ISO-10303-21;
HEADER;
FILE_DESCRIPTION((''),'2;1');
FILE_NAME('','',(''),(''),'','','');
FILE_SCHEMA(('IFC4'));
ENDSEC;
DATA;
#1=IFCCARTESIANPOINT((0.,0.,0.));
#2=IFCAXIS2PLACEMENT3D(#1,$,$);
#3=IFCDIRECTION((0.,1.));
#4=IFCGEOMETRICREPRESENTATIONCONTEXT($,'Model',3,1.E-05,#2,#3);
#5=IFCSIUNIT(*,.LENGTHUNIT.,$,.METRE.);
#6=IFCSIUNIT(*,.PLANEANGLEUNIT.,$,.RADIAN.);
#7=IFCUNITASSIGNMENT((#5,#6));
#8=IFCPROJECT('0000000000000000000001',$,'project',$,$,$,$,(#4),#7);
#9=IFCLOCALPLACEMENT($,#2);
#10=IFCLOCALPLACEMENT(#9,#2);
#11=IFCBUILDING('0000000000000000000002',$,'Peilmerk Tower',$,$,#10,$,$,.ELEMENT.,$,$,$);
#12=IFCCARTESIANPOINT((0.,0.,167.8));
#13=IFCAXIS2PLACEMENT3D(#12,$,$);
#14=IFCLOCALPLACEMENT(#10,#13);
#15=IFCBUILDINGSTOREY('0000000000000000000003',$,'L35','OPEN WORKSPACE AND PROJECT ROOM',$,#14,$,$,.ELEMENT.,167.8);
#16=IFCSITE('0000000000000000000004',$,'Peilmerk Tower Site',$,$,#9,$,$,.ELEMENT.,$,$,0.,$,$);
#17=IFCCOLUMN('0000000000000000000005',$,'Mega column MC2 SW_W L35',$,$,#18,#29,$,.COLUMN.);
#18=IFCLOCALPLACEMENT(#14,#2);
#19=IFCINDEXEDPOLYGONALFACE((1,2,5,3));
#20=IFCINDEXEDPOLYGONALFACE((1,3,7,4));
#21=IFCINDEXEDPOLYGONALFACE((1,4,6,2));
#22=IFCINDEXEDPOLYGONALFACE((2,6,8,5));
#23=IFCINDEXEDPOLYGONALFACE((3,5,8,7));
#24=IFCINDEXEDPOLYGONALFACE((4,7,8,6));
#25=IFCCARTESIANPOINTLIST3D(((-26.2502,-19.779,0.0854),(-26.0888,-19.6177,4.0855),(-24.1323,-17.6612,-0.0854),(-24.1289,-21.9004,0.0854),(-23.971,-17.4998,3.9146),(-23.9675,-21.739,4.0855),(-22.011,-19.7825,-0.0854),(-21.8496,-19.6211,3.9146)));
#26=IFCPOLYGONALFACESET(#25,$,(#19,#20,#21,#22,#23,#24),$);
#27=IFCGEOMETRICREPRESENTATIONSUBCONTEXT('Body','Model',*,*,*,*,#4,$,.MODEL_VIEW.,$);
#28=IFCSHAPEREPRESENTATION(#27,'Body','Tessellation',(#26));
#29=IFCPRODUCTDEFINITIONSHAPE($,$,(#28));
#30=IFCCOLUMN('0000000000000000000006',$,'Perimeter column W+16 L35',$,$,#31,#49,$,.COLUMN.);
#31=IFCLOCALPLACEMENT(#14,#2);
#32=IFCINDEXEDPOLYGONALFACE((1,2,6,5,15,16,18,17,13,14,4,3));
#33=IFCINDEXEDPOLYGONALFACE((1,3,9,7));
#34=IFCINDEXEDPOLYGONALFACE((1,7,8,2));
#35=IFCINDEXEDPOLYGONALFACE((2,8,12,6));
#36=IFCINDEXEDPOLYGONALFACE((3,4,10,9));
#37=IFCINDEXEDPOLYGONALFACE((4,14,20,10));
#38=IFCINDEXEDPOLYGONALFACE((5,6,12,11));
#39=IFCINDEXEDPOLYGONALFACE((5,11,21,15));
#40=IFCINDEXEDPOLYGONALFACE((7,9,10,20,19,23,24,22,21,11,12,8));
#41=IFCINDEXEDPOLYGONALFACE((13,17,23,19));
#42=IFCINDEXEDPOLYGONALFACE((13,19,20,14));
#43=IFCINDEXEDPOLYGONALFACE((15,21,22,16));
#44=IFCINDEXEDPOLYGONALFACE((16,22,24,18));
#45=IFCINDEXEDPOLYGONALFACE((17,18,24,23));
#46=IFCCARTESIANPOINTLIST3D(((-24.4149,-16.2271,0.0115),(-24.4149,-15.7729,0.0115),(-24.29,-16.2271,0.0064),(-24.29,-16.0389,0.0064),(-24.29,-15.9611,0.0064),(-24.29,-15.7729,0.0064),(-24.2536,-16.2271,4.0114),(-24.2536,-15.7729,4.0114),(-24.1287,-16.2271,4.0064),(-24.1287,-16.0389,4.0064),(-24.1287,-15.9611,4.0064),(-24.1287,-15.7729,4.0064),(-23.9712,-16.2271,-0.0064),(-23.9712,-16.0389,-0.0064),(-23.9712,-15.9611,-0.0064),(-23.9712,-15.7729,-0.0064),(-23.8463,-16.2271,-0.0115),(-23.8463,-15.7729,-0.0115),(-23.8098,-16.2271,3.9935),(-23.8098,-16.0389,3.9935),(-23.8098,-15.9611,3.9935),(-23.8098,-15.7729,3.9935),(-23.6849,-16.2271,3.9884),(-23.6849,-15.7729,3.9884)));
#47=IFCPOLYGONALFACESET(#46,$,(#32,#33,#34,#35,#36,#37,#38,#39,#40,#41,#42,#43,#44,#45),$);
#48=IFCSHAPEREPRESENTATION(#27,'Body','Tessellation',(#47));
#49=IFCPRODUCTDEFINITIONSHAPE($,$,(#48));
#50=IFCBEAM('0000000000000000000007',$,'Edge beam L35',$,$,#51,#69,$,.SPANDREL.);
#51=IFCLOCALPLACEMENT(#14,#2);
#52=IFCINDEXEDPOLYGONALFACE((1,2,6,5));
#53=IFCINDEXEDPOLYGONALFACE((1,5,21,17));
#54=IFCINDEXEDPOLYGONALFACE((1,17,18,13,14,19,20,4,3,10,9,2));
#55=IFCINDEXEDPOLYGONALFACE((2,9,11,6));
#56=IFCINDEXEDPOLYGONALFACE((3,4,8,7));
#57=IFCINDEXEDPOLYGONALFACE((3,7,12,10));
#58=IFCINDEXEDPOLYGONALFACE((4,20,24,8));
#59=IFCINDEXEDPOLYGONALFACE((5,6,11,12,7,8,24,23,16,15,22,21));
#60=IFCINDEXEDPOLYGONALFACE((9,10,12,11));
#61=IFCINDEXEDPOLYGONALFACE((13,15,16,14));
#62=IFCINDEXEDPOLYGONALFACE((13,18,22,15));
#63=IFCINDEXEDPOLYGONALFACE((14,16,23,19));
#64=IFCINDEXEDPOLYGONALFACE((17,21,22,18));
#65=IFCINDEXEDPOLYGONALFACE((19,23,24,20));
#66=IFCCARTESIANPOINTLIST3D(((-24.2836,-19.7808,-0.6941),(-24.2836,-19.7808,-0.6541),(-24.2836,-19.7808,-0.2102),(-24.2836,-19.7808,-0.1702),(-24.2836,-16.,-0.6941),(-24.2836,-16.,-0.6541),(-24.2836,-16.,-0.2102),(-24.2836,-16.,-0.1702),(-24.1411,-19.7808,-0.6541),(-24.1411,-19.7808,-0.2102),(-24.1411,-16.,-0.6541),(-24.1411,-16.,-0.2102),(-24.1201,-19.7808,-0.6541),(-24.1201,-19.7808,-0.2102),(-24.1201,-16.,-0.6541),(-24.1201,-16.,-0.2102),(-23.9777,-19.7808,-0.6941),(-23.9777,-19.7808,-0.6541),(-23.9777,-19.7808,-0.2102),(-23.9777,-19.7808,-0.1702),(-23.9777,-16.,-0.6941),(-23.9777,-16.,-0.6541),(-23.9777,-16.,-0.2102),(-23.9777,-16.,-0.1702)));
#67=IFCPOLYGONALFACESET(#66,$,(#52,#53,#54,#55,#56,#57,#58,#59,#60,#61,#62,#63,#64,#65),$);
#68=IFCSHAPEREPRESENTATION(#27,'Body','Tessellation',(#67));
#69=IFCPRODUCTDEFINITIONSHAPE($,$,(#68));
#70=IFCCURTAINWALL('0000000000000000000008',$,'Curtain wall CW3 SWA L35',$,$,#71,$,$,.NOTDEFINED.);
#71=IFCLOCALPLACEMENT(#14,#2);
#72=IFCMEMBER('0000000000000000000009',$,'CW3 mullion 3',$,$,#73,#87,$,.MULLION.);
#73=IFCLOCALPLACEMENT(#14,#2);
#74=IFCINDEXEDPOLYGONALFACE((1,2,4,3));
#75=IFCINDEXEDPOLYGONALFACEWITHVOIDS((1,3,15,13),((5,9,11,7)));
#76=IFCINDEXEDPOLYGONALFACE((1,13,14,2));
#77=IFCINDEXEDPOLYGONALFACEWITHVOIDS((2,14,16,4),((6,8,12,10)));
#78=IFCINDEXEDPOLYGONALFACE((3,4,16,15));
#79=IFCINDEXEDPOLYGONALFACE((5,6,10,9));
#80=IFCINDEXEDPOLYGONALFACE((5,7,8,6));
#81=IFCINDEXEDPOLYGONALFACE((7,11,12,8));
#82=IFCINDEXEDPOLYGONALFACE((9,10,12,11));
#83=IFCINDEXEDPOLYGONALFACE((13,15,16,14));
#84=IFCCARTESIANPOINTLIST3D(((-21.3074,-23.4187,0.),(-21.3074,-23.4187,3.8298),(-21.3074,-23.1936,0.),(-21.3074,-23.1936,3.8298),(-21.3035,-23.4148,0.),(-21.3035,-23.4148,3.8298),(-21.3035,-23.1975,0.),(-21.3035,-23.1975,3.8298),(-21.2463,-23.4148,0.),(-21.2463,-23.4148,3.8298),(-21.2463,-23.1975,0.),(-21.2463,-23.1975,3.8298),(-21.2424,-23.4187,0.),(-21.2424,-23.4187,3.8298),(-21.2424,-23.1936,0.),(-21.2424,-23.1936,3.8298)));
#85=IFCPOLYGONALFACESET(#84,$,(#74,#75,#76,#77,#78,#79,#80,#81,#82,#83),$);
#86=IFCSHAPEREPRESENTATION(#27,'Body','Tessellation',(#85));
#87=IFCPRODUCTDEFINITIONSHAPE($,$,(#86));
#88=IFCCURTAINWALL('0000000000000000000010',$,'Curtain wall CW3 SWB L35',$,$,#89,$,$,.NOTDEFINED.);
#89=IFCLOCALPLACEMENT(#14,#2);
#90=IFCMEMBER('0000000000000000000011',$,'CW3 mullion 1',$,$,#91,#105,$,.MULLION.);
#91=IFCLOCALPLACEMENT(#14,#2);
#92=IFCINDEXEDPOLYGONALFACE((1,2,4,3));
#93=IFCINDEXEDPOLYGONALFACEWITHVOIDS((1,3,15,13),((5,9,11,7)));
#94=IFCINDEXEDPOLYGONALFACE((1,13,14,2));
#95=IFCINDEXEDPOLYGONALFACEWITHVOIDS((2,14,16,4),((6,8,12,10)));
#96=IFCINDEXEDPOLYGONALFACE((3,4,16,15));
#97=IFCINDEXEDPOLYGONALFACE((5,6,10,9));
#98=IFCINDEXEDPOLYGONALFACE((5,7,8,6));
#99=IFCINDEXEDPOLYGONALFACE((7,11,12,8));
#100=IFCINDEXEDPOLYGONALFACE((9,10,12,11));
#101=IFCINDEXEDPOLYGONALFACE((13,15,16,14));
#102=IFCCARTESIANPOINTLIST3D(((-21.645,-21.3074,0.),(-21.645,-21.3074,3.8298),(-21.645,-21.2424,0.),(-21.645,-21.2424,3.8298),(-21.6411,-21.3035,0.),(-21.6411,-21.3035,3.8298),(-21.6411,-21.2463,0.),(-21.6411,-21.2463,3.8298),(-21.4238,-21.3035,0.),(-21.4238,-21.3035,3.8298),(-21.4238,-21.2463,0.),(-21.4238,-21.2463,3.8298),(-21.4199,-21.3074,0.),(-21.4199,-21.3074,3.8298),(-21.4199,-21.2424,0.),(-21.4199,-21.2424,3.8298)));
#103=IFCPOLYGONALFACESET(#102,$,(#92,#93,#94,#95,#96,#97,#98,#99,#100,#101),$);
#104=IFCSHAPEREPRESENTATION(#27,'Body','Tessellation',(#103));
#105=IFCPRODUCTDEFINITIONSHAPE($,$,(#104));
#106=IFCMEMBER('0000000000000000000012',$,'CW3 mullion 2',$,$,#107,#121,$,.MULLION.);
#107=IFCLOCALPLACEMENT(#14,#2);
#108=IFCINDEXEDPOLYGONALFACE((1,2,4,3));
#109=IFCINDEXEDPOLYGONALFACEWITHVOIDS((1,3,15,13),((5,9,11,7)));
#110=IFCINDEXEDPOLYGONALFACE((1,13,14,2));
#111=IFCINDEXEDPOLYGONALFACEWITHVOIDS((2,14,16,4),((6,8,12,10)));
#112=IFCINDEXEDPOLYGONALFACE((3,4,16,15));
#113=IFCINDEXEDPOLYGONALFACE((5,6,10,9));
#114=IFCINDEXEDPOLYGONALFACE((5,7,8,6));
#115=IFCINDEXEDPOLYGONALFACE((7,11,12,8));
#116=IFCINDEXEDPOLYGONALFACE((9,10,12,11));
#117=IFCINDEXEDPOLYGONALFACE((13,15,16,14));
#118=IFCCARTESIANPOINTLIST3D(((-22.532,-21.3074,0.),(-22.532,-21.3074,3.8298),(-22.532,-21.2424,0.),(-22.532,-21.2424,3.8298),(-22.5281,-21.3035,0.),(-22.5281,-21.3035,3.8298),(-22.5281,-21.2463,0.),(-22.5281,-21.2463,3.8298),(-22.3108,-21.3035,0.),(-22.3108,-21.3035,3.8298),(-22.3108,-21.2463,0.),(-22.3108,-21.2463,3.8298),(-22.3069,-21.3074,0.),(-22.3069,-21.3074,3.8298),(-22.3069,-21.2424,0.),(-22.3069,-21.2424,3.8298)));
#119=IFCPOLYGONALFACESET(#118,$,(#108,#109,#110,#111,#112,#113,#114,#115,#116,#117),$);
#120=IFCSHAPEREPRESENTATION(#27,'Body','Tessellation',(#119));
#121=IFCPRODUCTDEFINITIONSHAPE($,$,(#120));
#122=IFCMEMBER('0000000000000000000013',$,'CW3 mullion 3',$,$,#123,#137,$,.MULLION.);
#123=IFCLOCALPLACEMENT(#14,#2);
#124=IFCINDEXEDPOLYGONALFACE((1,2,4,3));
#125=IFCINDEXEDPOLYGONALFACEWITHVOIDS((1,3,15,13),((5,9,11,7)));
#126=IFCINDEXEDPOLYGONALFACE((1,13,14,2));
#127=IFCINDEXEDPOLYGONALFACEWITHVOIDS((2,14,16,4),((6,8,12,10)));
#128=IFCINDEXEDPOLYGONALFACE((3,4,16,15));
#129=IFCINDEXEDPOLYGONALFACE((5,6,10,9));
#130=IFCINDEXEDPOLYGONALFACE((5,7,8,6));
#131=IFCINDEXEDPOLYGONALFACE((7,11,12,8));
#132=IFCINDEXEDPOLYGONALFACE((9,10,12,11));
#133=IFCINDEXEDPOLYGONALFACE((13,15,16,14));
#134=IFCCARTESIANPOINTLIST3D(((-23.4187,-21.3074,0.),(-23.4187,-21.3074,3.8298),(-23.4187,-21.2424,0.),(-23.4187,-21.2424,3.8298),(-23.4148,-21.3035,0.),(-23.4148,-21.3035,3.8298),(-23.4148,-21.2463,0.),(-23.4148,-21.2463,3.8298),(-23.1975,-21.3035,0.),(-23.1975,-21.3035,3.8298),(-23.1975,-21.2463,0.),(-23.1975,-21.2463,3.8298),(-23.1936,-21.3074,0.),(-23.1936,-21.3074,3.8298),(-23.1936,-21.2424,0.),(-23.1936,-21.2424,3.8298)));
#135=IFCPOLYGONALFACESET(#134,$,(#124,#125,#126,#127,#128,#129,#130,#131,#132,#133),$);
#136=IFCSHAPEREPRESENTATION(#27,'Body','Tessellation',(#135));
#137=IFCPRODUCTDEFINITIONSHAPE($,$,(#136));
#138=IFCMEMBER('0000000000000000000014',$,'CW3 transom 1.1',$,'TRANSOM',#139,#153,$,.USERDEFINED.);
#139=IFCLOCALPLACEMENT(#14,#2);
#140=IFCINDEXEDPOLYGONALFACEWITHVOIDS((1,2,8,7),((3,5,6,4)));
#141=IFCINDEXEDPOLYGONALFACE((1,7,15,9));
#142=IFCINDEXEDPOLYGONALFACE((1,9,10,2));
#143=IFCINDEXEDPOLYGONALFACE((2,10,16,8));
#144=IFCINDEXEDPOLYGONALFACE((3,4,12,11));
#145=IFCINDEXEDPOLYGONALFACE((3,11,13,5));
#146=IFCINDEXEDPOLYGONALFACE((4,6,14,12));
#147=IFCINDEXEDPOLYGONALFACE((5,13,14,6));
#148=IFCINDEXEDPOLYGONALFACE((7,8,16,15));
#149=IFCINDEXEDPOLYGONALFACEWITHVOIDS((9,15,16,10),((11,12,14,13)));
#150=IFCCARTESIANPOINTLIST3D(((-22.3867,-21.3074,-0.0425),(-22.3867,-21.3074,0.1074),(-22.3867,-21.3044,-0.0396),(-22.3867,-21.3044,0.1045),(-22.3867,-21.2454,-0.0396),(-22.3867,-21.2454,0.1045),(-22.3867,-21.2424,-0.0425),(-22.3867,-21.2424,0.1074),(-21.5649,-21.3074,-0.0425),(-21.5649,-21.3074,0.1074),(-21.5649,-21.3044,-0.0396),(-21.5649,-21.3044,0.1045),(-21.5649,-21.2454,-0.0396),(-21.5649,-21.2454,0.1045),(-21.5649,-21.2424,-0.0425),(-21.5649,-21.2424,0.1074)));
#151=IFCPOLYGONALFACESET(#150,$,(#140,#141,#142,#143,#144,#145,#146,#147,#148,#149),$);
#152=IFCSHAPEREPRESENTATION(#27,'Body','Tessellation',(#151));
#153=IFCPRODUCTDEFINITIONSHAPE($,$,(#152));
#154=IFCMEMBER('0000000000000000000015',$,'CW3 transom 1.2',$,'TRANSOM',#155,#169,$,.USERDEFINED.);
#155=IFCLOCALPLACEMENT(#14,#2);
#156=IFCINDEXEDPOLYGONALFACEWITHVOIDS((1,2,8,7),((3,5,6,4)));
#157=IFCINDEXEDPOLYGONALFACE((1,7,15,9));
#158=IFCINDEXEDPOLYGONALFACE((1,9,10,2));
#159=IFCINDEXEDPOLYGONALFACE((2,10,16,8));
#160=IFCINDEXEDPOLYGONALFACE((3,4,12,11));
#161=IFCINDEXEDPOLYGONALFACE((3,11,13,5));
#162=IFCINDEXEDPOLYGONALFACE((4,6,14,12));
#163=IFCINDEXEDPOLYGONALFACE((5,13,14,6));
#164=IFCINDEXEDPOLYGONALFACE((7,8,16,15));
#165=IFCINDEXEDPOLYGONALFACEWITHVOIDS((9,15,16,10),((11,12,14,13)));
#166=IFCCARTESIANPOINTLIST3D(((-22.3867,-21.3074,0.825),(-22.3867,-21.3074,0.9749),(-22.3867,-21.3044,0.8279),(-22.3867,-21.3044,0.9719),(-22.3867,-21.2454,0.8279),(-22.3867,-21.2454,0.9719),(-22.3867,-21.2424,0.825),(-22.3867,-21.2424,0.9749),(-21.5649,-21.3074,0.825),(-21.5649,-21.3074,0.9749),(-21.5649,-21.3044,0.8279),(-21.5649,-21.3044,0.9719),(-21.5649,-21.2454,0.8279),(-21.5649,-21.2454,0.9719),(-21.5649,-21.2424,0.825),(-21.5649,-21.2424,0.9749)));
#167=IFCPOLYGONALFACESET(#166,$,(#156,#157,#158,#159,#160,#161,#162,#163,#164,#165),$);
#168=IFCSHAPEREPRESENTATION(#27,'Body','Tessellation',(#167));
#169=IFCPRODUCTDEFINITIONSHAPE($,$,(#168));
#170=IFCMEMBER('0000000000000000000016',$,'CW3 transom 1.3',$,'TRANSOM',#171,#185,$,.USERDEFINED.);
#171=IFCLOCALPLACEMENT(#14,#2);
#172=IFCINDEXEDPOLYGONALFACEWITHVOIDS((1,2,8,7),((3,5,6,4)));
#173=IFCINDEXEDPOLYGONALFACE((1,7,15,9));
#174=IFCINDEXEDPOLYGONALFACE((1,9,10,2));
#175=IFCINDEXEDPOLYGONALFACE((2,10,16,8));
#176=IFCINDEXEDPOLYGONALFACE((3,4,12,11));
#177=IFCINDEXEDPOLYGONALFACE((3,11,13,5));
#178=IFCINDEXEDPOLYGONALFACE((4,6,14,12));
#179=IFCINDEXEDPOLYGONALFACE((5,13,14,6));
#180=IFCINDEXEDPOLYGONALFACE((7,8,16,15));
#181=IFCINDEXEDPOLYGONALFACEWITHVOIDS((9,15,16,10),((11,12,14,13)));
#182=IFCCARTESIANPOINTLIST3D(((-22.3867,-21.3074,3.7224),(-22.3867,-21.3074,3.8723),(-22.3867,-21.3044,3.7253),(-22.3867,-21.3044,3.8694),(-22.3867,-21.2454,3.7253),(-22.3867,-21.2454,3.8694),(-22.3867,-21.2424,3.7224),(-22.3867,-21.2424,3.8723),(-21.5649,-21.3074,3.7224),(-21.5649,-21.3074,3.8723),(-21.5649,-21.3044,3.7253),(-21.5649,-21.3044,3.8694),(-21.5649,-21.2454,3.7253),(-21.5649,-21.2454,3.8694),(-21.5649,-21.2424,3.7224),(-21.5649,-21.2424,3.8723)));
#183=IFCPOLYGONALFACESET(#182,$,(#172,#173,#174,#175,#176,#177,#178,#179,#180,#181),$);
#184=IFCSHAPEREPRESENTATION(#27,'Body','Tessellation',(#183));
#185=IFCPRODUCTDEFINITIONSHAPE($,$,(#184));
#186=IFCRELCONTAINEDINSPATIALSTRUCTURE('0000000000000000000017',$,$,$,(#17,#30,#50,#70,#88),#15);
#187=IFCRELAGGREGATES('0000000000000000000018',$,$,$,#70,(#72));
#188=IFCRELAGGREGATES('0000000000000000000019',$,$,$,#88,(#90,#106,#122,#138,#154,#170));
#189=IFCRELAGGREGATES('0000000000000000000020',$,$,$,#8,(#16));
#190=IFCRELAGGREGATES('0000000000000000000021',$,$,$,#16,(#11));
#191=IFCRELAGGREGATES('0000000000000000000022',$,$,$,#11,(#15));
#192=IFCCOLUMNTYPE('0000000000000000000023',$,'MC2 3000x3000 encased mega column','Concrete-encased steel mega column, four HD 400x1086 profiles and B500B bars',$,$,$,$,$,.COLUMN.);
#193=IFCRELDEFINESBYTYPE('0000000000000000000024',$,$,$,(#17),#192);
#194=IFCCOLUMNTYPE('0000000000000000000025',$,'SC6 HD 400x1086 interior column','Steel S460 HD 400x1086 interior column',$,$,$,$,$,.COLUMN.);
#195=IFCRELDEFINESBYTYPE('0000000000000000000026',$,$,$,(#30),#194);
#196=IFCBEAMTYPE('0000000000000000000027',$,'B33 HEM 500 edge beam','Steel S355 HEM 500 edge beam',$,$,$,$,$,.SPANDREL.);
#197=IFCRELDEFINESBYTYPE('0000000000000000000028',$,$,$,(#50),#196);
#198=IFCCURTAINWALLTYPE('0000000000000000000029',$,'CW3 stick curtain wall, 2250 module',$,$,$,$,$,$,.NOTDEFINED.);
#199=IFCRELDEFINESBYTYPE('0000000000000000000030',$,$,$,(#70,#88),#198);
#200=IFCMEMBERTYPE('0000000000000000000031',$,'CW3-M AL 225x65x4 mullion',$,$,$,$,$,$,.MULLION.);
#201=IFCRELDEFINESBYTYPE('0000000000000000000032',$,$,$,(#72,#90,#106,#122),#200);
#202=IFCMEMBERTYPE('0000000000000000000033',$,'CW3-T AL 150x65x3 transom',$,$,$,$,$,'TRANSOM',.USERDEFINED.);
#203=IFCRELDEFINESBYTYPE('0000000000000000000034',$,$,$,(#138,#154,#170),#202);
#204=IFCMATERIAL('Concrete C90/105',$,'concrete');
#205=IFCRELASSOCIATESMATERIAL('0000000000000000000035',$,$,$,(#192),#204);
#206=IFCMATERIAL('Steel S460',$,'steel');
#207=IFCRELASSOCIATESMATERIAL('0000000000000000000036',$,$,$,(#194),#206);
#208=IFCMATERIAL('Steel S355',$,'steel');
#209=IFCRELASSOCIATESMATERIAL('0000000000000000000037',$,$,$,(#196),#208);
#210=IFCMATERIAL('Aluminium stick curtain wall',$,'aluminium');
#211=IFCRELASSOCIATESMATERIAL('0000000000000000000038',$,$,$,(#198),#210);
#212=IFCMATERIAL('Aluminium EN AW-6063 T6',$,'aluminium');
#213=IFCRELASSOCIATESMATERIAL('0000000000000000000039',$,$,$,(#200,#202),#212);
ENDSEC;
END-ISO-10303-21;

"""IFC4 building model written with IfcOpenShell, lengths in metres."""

from ifc_helpers import new_model, si_unit, direction, frame, origin, origin_2d, place, context, subcontext, project, spatial, rectangle, hollow_rectangle, i_section, extrude, material, material_profile, profile_set, type_object, element, aggregate, save


model = new_model("IFC4")

# Units and contexts
model_context = context("Model", 3, precision=1e-05, world=origin(), true_north=direction((0.0, 1.0)))
body_context = subcontext(model_context, "Body", "Model", "MODEL_VIEW")
ifc_project = project(units=[si_unit("LENGTHUNIT", "METRE"), si_unit("PLANEANGLEUNIT", "RADIAN")], contexts=[model_context])

# Site, building, storey
site_placement = place(None, origin())
site = spatial("IfcSite", under=ifc_project, at=site_placement, Name="Peilmerk Tower Site", CompositionType="ELEMENT", RefElevation=0.0)
building_placement = place(site_placement, origin())
building = spatial("IfcBuilding", under=site, at=building_placement, Name="Peilmerk Tower", CompositionType="ELEMENT")
storey_placement = place(building_placement, frame((0.0, 0.0, 167.8)))
storey = spatial("IfcBuildingStorey", under=building, at=storey_placement, Name="L35", Description="OPEN WORKSPACE AND PROJECT ROOM", CompositionType="ELEMENT", Elevation=167.8)

# Columns
ifc_material_1 = material(Name="Concrete C90/105", Category="concrete")
ifc_material_profile_1 = material_profile(ifc_material_1, rectangle(XDim=3.0, YDim=3.0, at=origin_2d()), Name="RC 3000x3000")
ifc_profile_set_1 = profile_set([ifc_material_profile_1], Name="Concrete C90/105")
column_type_1 = type_object("IfcColumnType", Name="MC2 3000x3000 encased mega column", Description="Concrete-encased steel mega column, four HD 400x1086 profiles and B500B bars", PredefinedType="COLUMN", material=ifc_profile_set_1)
column_1_placement = place(storey_placement, frame((-24.1306, -19.7808, 0.0), z_axis=(0.040279, 0.040279, 0.998376), x_axis=(-0.707107, 0.707107, 0.0)))
element("IfcColumn", 1, at=column_1_placement, inside=storey, type_object=column_type_1, Name="Mega column MC2 SW_W L35", PredefinedType="COLUMN", context=body_context, shape_type="SweptSolid", body=[
    extrude(rectangle(XDim=3.0, YDim=3.0, at=origin_2d()), origin(), (0.0, 0.0, 1.0), 4.0066),
])
ifc_material_2 = material(Name="Steel S460", Category="steel")
ifc_material_profile_2 = material_profile(ifc_material_2, i_section(OverallWidth=0.4541, OverallDepth=0.5691, WebThickness=0.0779, FlangeThickness=0.125, at=origin_2d()), Name="HD 400x1086")
ifc_profile_set_2 = profile_set([ifc_material_profile_2], Name="Steel S460")
column_type_2 = type_object("IfcColumnType", Name="SC6 HD 400x1086 interior column", Description="Steel S460 HD 400x1086 interior column", PredefinedType="COLUMN", material=ifc_profile_set_2)
column_2_placement = place(storey_placement, frame((-24.1306, -16.0, 0.0), z_axis=(0.040311, 0.0, 0.999187), x_axis=(0.0, 1.0, 0.0)))
element("IfcColumn", 2, at=column_2_placement, inside=storey, type_object=column_type_2, Name="Perimeter column W+16 L35", PredefinedType="COLUMN", context=body_context, shape_type="SweptSolid", body=[
    extrude(i_section(OverallWidth=0.4541, OverallDepth=0.5691, WebThickness=0.0779, FlangeThickness=0.125, at=origin_2d()), origin(), (0.0, 0.0, 1.0), 4.0032),
])

# Beam
ifc_material_3 = material(Name="Steel S355", Category="steel")
ifc_material_profile_3 = material_profile(ifc_material_3, i_section(OverallWidth=0.3059, OverallDepth=0.5239, WebThickness=0.021, FlangeThickness=0.04, at=origin_2d()), Name="HEM 500")
ifc_profile_set_3 = profile_set([ifc_material_profile_3], Name="Steel S355")
beam_type = type_object("IfcBeamType", Name="B33 HEM 500 edge beam", Description="Steel S355 HEM 500 edge beam", PredefinedType="SPANDREL", material=ifc_profile_set_3)
beam_placement = place(storey_placement, frame((-24.1306, -16.0, -0.4321), z_axis=(0.0, -1.0, 0.0), x_axis=(1.0, 0.0, 0.0)))
element("IfcBeam", 3, at=beam_placement, inside=storey, type_object=beam_type, Name="Edge beam L35", PredefinedType="SPANDREL", context=body_context, shape_type="SweptSolid", body=[
    extrude(i_section(OverallWidth=0.3059, OverallDepth=0.5239, WebThickness=0.021, FlangeThickness=0.04, at=origin_2d()), origin(), (0.0, 0.0, 1.0), 3.7808),
])

# Curtain wall, member
ifc_material_4 = material(Name="Aluminium stick curtain wall", Category="aluminium")
curtain_wall_type = type_object("IfcCurtainWallType", Name="CW3 stick curtain wall, 2250 module", PredefinedType="NOTDEFINED", material=ifc_material_4)
curtain_wall_1_placement = place(storey_placement, origin())
curtain_wall_1 = element("IfcCurtainWall", 4, at=curtain_wall_1_placement, inside=storey, type_object=curtain_wall_type, Name="Curtain wall CW3 SWA L35", PredefinedType="NOTDEFINED")
ifc_material_5 = material(Name="Aluminium EN AW-6063 T6", Category="aluminium")
ifc_material_profile_4 = material_profile(ifc_material_5, hollow_rectangle(XDim=0.0649, YDim=0.2251, WallThickness=0.0039, at=origin_2d()), Name="AL 225x65x4")
ifc_profile_set_4 = profile_set([ifc_material_profile_4], Name="Aluminium EN AW-6063 T6")
member_type_1 = type_object("IfcMemberType", Name="CW3-M AL 225x65x4 mullion", PredefinedType="MULLION", material=ifc_profile_set_4)
member_1_placement = place(storey_placement, frame((-21.2749, -23.3062, 0.0), z_axis=(0.0, 0.0, 1.0), x_axis=(1.0, 0.0, 0.0)))
member_1 = element("IfcMember", 5, at=member_1_placement, type_object=member_type_1, Name="CW3 mullion 3", PredefinedType="MULLION", context=body_context, shape_type="SweptSolid", body=[
    extrude(hollow_rectangle(XDim=0.0649, YDim=0.2251, WallThickness=0.0039, at=origin_2d()), origin(), (0.0, 0.0, 1.0), 3.8298),
])

# Curtain wall, members
curtain_wall_2_placement = place(storey_placement, origin())
curtain_wall_2 = element("IfcCurtainWall", 6, at=curtain_wall_2_placement, inside=storey, type_object=curtain_wall_type, Name="Curtain wall CW3 SWB L35", PredefinedType="NOTDEFINED")
member_2_placement = place(storey_placement, frame((-21.5325, -21.2749, 0.0), z_axis=(0.0, 0.0, 1.0), x_axis=(0.0, -1.0, 0.0)))
member_2 = element("IfcMember", 7, at=member_2_placement, type_object=member_type_1, Name="CW3 mullion 1", PredefinedType="MULLION", context=body_context, shape_type="SweptSolid", body=[
    extrude(hollow_rectangle(XDim=0.0649, YDim=0.2251, WallThickness=0.0039, at=origin_2d()), origin(), (0.0, 0.0, 1.0), 3.8298),
])
member_3_placement = place(storey_placement, frame((-22.4194, -21.2749, 0.0), z_axis=(0.0, 0.0, 1.0), x_axis=(0.0, -1.0, 0.0)))
member_3 = element("IfcMember", 8, at=member_3_placement, type_object=member_type_1, Name="CW3 mullion 2", PredefinedType="MULLION", context=body_context, shape_type="SweptSolid", body=[
    extrude(hollow_rectangle(XDim=0.0649, YDim=0.2251, WallThickness=0.0039, at=origin_2d()), origin(), (0.0, 0.0, 1.0), 3.8298),
])
member_4_placement = place(storey_placement, frame((-23.3062, -21.2749, 0.0), z_axis=(0.0, 0.0, 1.0), x_axis=(0.0, -1.0, 0.0)))
member_4 = element("IfcMember", 9, at=member_4_placement, type_object=member_type_1, Name="CW3 mullion 3", PredefinedType="MULLION", context=body_context, shape_type="SweptSolid", body=[
    extrude(hollow_rectangle(XDim=0.0649, YDim=0.2251, WallThickness=0.0039, at=origin_2d()), origin(), (0.0, 0.0, 1.0), 3.8298),
])
ifc_material_profile_5 = material_profile(ifc_material_5, hollow_rectangle(XDim=0.0649, YDim=0.1499, WallThickness=0.0029, at=origin_2d()), Name="AL 150x65x3")
ifc_profile_set_5 = profile_set([ifc_material_profile_5], Name="Aluminium EN AW-6063 T6")
member_type_2 = type_object("IfcMemberType", Name="CW3-T AL 150x65x3 transom", ElementType="TRANSOM", PredefinedType="USERDEFINED", material=ifc_profile_set_5)
member_5_placement = place(storey_placement, frame((-21.5649, -21.2749, 0.0325), z_axis=(-1.0, 0.0, 0.0), x_axis=(0.0, -1.0, 0.0)))
member_5 = element("IfcMember", 10, at=member_5_placement, type_object=member_type_2, Name="CW3 transom 1.1", ObjectType="TRANSOM", PredefinedType="USERDEFINED", context=body_context, shape_type="SweptSolid", body=[
    extrude(hollow_rectangle(XDim=0.0649, YDim=0.1499, WallThickness=0.0029, at=origin_2d()), origin(), (0.0, 0.0, 1.0), 0.8218),
])
member_6_placement = place(storey_placement, frame((-21.5649, -21.2749, 0.8999), z_axis=(-1.0, 0.0, 0.0), x_axis=(0.0, -1.0, 0.0)))
member_6 = element("IfcMember", 11, at=member_6_placement, type_object=member_type_2, Name="CW3 transom 1.2", ObjectType="TRANSOM", PredefinedType="USERDEFINED", context=body_context, shape_type="SweptSolid", body=[
    extrude(hollow_rectangle(XDim=0.0649, YDim=0.1499, WallThickness=0.0029, at=origin_2d()), origin(), (0.0, 0.0, 1.0), 0.8218),
])
member_7_placement = place(storey_placement, frame((-21.5649, -21.2749, 3.7974), z_axis=(-1.0, 0.0, 0.0), x_axis=(0.0, -1.0, 0.0)))
member_7 = element("IfcMember", 12, at=member_7_placement, type_object=member_type_2, Name="CW3 transom 1.3", ObjectType="TRANSOM", PredefinedType="USERDEFINED", context=body_context, shape_type="SweptSolid", body=[
    extrude(hollow_rectangle(XDim=0.0649, YDim=0.1499, WallThickness=0.0029, at=origin_2d()), origin(), (0.0, 0.0, 1.0), 0.8218),
])

aggregate(curtain_wall_1, [member_1])
aggregate(curtain_wall_2, [member_2, member_3, member_4, member_5, member_6, member_7])

save(model, "model.ifc")
